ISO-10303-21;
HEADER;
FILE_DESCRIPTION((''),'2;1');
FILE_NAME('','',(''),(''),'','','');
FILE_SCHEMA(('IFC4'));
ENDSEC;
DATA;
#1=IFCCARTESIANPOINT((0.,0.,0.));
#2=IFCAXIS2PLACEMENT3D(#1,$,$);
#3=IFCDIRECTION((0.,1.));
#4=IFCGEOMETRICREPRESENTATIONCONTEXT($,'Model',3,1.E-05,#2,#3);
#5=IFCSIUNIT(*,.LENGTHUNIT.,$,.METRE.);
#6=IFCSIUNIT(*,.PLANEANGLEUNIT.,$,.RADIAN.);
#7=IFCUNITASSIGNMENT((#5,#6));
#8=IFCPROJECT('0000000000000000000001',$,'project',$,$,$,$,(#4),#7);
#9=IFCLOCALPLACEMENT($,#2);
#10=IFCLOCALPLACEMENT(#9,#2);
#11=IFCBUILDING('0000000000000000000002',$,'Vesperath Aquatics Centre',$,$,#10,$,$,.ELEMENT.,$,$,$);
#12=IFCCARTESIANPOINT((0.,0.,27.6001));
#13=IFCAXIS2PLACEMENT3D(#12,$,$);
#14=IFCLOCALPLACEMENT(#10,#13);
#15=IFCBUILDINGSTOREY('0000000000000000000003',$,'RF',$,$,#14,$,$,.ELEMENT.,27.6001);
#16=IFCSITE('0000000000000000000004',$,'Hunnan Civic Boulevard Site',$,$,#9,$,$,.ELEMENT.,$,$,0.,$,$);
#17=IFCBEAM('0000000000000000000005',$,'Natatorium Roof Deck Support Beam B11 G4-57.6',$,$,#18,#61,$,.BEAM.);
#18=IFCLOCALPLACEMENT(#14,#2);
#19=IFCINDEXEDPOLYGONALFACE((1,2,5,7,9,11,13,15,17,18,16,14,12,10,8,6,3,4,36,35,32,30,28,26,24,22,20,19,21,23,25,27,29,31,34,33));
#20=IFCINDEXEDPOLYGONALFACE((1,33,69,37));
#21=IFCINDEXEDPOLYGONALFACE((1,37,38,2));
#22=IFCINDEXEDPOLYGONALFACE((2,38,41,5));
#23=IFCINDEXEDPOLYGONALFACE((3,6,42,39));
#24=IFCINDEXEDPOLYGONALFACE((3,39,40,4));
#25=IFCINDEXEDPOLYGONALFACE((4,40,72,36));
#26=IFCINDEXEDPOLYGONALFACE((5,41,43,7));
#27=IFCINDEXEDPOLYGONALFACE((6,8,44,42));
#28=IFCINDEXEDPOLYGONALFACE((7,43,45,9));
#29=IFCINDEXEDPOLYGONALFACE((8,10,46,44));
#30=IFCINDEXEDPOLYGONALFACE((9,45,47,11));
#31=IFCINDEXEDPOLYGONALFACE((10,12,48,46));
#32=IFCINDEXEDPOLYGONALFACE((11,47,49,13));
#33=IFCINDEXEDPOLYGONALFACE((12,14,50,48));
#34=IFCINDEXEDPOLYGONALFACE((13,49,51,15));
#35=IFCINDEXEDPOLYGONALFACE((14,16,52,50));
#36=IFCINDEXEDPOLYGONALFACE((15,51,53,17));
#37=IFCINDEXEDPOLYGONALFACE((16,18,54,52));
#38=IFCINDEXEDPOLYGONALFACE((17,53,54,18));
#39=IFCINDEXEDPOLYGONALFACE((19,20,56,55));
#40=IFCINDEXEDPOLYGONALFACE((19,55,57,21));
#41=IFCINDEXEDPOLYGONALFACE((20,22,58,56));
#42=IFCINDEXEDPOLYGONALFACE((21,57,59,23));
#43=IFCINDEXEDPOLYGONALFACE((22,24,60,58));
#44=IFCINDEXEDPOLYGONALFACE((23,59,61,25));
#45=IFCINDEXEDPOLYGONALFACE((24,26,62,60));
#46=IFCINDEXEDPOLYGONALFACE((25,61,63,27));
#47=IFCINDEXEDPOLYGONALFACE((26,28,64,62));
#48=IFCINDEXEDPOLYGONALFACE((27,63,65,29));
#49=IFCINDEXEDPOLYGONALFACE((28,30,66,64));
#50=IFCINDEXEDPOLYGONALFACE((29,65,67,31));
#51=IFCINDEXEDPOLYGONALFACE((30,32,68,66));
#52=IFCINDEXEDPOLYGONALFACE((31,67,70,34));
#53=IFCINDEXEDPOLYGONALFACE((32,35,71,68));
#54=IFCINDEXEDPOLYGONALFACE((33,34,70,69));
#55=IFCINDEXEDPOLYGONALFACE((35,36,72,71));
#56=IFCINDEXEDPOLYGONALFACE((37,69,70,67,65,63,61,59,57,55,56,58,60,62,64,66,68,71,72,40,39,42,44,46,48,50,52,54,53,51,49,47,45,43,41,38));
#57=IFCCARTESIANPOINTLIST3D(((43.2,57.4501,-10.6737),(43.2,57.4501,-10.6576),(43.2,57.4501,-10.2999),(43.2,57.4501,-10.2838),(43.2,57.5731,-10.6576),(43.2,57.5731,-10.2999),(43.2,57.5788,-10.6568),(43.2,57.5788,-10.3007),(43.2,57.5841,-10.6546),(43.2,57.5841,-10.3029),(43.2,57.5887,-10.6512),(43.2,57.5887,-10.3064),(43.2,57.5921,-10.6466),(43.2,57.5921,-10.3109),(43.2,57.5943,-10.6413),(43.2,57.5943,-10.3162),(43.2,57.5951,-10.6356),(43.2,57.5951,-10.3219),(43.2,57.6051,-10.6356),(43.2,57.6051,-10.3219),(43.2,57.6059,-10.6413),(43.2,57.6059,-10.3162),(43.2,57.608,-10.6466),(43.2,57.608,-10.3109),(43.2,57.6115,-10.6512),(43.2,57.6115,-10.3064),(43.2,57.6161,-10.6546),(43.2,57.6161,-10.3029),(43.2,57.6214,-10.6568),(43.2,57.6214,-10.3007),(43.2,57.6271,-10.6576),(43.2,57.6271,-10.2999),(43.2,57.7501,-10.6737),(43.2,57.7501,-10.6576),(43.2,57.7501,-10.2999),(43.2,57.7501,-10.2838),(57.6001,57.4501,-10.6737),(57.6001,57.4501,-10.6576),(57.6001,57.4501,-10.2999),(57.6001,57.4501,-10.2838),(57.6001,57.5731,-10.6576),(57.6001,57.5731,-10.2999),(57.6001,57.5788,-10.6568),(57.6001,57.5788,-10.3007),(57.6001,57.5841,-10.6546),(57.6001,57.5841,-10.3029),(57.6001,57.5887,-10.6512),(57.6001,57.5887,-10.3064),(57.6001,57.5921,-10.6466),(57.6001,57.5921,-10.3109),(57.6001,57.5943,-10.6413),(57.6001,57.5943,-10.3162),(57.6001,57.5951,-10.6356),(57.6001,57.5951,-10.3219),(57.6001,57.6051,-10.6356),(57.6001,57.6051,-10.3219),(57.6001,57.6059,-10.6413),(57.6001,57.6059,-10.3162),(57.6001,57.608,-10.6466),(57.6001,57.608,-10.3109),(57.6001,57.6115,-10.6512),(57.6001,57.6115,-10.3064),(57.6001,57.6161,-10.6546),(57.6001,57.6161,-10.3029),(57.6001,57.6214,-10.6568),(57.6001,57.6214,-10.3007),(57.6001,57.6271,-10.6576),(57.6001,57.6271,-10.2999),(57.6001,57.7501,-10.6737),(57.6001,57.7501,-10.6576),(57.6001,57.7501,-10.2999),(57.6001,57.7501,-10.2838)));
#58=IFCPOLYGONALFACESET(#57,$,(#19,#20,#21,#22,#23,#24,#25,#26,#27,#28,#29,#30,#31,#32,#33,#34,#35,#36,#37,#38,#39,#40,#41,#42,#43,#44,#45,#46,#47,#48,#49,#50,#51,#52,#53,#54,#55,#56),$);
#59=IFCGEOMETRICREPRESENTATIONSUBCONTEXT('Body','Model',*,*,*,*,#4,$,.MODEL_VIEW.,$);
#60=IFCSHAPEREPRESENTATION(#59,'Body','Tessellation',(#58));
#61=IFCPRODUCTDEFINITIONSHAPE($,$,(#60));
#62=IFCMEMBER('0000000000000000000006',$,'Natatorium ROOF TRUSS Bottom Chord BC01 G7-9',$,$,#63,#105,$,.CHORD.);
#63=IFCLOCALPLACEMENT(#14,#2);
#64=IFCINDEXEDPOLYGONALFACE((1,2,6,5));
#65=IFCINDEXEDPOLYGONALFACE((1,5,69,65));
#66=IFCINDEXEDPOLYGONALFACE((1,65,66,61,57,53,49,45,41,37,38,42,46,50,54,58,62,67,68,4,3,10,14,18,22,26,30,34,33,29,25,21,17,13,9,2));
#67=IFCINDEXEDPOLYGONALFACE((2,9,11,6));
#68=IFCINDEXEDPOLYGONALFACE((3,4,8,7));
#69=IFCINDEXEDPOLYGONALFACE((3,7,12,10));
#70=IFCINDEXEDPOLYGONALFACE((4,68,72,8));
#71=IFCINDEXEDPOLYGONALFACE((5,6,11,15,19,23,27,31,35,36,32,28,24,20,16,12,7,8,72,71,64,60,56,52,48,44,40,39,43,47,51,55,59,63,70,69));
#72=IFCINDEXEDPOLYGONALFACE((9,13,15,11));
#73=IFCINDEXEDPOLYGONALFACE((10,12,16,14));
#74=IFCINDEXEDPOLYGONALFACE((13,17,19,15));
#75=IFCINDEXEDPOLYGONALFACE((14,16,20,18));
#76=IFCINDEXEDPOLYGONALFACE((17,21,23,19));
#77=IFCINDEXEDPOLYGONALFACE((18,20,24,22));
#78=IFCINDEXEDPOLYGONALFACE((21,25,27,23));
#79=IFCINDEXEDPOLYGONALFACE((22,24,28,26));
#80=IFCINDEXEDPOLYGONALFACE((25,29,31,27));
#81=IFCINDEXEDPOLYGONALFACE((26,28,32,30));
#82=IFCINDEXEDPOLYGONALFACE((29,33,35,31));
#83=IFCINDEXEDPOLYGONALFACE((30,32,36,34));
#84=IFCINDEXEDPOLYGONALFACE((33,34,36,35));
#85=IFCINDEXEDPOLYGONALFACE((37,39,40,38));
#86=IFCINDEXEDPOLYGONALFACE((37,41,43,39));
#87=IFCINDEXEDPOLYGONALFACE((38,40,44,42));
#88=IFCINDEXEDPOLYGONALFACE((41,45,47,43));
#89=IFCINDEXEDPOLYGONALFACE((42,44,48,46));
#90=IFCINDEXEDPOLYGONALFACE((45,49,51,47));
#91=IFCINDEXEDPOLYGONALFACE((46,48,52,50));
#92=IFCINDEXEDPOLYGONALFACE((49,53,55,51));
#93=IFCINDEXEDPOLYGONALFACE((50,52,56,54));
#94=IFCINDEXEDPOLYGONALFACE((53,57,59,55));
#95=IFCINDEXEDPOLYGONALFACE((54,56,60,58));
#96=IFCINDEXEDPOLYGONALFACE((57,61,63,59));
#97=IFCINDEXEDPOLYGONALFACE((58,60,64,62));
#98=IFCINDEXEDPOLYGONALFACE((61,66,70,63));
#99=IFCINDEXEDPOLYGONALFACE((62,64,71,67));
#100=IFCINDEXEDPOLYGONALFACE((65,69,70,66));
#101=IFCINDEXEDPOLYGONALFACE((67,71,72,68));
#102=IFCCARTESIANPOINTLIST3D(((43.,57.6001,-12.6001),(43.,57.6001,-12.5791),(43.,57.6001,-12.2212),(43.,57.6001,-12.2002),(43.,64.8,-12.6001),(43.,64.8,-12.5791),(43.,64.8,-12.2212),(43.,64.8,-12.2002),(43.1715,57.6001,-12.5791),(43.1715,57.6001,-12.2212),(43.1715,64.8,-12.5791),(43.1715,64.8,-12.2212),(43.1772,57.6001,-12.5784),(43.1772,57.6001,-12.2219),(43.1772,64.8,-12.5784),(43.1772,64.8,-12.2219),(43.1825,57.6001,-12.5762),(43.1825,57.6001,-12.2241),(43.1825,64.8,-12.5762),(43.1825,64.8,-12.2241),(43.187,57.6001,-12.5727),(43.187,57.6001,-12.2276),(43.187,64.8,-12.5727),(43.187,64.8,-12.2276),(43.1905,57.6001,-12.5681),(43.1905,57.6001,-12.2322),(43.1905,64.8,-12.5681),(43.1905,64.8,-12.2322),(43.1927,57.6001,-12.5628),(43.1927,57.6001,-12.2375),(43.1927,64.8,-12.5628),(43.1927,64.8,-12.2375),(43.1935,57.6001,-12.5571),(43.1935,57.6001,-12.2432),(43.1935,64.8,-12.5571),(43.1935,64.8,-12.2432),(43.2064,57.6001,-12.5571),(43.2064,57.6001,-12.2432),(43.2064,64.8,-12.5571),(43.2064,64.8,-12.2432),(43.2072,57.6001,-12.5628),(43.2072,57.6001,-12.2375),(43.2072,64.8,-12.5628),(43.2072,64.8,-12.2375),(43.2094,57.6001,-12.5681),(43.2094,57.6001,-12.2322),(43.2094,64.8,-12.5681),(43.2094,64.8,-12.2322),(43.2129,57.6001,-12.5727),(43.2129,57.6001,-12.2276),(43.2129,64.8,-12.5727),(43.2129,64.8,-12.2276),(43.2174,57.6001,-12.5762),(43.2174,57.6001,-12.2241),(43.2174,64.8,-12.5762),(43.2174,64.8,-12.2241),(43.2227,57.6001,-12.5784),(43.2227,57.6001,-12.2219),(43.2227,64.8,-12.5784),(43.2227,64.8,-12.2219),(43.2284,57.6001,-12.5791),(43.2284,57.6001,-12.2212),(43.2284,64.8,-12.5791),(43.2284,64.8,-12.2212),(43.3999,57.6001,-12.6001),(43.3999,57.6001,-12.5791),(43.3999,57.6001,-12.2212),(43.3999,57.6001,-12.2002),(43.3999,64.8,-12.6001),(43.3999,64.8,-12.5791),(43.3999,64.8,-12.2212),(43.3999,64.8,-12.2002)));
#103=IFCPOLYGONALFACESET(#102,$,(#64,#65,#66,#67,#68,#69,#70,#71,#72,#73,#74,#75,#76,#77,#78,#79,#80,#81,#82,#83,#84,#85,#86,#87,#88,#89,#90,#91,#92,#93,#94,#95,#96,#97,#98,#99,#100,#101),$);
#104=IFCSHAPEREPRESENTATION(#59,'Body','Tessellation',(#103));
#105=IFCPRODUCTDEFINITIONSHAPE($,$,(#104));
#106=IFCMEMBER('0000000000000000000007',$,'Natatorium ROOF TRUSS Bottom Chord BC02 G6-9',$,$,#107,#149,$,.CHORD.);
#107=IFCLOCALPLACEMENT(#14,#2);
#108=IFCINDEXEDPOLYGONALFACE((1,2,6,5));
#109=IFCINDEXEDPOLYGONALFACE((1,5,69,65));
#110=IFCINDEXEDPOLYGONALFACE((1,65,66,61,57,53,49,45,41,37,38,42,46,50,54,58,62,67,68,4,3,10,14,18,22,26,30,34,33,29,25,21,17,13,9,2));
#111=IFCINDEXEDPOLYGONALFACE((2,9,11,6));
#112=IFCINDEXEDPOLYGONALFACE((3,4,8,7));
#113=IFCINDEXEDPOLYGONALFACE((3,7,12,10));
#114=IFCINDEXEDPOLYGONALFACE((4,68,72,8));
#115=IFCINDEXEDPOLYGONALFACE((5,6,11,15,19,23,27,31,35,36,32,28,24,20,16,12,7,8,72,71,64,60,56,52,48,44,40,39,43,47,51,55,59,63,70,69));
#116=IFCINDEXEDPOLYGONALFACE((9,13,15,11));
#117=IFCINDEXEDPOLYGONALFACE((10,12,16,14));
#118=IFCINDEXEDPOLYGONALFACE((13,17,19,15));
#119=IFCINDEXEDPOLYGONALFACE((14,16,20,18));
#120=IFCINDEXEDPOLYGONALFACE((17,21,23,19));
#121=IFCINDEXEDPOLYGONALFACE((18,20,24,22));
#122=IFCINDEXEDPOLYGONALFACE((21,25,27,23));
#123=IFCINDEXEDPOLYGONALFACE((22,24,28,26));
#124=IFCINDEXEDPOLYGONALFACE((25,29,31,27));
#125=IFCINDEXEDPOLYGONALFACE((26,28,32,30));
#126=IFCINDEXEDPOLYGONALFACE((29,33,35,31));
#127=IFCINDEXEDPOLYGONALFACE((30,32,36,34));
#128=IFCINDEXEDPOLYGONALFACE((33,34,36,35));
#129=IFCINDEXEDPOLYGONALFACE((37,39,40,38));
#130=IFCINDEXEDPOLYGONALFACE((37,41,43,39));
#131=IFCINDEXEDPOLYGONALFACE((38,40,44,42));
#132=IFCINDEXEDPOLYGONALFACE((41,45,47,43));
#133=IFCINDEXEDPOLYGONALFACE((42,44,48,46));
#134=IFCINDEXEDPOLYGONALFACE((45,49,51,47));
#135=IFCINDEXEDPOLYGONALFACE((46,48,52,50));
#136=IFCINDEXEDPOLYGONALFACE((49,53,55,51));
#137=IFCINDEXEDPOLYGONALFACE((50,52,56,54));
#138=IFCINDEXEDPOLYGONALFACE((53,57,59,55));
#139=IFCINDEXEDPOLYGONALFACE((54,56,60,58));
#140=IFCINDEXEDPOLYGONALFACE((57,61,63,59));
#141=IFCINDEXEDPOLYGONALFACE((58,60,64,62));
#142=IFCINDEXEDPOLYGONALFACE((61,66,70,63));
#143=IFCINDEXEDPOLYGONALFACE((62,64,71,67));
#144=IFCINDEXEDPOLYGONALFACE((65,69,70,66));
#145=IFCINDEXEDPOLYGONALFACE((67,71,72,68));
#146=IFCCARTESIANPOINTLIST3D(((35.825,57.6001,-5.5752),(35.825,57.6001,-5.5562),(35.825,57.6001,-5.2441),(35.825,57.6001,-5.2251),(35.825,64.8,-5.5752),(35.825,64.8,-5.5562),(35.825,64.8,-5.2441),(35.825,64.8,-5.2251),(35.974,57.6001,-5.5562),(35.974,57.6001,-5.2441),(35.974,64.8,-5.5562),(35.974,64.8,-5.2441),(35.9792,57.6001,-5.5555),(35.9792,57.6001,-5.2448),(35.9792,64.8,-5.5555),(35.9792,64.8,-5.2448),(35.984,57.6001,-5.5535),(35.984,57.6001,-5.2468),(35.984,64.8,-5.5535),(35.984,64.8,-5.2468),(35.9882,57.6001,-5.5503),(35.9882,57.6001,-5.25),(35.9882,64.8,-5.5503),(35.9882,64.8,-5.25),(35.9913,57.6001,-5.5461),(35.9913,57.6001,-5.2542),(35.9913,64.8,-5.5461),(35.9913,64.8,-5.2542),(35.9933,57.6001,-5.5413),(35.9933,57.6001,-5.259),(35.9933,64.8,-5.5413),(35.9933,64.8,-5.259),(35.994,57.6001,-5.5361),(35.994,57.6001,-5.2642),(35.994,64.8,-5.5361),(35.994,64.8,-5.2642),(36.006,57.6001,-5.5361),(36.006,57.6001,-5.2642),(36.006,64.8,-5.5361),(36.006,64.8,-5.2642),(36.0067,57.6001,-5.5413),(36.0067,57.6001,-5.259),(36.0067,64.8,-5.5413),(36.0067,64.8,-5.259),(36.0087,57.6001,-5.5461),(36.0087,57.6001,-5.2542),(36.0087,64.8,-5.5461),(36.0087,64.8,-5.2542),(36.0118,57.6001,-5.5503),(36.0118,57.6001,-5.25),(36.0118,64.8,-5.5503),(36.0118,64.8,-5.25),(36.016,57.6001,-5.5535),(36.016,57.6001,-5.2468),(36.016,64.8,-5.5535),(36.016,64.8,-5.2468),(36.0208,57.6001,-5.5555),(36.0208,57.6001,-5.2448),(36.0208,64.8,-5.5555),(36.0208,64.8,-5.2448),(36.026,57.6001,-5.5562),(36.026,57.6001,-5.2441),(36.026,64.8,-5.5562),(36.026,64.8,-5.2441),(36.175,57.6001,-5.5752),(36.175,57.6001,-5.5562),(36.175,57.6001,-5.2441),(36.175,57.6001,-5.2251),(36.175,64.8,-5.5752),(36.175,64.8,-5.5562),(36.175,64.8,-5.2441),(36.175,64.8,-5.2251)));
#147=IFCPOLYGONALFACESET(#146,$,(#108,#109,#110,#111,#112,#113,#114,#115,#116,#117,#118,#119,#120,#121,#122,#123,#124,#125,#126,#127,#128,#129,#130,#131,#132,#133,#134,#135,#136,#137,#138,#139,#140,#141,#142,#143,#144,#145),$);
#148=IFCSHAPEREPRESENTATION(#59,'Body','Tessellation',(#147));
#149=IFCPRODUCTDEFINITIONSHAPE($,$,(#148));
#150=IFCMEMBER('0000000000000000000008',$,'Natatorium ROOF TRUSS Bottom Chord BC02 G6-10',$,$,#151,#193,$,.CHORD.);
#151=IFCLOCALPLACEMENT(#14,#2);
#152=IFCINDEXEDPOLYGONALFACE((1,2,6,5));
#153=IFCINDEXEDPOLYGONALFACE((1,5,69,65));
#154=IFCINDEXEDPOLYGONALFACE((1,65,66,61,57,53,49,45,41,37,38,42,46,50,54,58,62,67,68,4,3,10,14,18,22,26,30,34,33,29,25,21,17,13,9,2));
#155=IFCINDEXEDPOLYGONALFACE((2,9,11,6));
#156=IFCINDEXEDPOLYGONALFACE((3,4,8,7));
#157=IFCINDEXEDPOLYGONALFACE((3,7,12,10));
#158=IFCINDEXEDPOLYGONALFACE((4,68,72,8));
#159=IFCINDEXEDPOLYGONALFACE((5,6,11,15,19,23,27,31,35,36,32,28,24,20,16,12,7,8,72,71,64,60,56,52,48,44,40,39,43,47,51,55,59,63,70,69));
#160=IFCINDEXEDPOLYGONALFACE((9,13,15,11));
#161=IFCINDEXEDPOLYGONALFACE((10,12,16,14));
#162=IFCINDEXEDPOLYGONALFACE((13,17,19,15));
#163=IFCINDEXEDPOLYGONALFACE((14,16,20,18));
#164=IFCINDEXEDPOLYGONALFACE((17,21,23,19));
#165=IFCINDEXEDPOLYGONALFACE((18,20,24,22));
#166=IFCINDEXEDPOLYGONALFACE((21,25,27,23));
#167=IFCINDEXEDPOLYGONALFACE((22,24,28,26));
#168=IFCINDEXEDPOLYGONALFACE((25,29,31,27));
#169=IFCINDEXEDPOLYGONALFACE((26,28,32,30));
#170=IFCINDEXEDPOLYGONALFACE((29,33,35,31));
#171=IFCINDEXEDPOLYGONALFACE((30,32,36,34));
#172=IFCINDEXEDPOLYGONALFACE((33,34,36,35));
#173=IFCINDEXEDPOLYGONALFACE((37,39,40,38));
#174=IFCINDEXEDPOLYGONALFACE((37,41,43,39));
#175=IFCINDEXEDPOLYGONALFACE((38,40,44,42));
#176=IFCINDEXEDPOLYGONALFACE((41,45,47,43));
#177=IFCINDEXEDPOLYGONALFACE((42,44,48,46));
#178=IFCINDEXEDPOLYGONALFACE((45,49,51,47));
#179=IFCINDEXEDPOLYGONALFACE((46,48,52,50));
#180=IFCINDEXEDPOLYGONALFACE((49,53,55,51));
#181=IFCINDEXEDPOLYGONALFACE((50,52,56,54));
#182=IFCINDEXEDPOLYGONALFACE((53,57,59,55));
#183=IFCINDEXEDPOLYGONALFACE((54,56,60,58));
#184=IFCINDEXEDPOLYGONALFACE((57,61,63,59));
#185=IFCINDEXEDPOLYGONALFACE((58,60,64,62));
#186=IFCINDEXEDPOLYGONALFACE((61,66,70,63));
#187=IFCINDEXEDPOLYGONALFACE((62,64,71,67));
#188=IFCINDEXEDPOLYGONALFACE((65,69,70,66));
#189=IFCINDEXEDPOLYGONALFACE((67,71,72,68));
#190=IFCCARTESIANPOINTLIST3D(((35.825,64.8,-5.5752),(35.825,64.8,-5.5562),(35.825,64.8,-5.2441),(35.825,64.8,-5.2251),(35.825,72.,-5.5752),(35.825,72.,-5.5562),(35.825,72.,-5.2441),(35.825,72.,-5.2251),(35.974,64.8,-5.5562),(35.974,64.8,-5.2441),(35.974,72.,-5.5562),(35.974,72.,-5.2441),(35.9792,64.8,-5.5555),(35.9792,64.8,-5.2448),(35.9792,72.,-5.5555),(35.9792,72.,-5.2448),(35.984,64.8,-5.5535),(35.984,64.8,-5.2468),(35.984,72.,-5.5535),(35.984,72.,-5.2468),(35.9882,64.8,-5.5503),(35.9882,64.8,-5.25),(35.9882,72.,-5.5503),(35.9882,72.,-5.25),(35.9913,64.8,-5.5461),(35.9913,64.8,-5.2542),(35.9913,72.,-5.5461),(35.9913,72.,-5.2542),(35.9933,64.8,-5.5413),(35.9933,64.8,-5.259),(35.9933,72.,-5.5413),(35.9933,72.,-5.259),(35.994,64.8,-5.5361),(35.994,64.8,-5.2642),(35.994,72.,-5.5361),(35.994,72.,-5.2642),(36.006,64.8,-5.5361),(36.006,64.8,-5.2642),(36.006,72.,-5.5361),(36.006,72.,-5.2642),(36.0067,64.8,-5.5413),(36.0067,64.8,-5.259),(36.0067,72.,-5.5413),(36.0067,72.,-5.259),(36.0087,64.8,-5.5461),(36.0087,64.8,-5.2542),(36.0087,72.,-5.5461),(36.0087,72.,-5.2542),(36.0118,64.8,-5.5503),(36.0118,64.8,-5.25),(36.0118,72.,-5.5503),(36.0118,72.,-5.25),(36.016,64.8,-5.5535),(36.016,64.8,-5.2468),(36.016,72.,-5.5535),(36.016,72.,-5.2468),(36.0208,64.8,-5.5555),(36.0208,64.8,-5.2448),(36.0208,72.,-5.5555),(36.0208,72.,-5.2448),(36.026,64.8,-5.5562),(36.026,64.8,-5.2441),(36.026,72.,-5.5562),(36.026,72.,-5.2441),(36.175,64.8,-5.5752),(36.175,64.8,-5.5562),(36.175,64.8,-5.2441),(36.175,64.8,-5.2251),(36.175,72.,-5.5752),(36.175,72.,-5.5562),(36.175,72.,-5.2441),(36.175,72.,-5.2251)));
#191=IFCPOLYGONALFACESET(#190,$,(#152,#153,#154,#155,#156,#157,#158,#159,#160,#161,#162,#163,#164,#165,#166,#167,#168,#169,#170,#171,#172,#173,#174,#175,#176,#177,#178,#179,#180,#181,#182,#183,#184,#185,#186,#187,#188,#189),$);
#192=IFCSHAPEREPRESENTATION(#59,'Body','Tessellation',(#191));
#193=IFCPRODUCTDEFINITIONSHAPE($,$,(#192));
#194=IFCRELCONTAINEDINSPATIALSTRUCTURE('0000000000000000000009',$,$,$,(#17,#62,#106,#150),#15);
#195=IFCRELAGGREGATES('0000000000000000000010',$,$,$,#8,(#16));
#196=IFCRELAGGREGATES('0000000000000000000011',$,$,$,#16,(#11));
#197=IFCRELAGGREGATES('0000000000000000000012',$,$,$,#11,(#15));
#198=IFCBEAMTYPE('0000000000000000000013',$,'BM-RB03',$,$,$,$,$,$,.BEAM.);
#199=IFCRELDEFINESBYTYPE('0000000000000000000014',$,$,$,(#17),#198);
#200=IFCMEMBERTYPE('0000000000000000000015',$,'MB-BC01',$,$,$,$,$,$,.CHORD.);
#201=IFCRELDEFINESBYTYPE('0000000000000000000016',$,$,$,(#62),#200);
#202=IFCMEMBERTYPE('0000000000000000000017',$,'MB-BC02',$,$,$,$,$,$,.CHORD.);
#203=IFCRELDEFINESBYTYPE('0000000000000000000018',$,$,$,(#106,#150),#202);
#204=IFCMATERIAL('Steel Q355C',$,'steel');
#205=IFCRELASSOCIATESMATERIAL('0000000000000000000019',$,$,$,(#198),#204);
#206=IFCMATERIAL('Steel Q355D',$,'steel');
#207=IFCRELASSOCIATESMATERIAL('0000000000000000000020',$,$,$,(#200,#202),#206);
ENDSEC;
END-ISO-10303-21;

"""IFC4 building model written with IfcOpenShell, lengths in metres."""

from ifc_helpers import new_model, si_unit, direction, frame, origin, origin_2d, place, context, subcontext, project, spatial, i_section, extrude, material, material_profile, profile_set, type_object, element, save


model = new_model("IFC4")

# Units and contexts
model_context = context("Model", 3, precision=1e-05, world=origin(), true_north=direction((0.0, 1.0)))
body_context = subcontext(model_context, "Body", "Model", "MODEL_VIEW")
ifc_project = project(units=[si_unit("LENGTHUNIT", "METRE"), si_unit("PLANEANGLEUNIT", "RADIAN")], contexts=[model_context])

# Site, building, storey
site_placement = place(None, origin())
site = spatial("IfcSite", under=ifc_project, at=site_placement, Name="Hunnan Civic Boulevard Site", CompositionType="ELEMENT", RefElevation=0.0)
building_placement = place(site_placement, origin())
building = spatial("IfcBuilding", under=site, at=building_placement, Name="Vesperath Aquatics Centre", CompositionType="ELEMENT")
storey_placement = place(building_placement, frame((0.0, 0.0, 27.6001)))
storey = spatial("IfcBuildingStorey", under=building, at=storey_placement, Name="RF", CompositionType="ELEMENT", Elevation=27.6001)

# Beam
ifc_material_1 = material(Name="Steel Q355C", Category="steel")
ifc_material_profile_1 = material_profile(ifc_material_1, i_section(OverallWidth=0.3, OverallDepth=0.3899, WebThickness=0.01, FlangeThickness=0.0161, FilletRadius=0.022, at=origin_2d()), Name="HM 390x300x10x16")
ifc_profile_set_1 = profile_set([ifc_material_profile_1], Name="Steel Q355C")
beam_type = type_object("IfcBeamType", Name="BM-RB03", PredefinedType="BEAM", material=ifc_profile_set_1)
beam_placement = place(storey_placement, frame((43.2, 57.6001, -10.4788), z_axis=(1.0, 0.0, 0.0), x_axis=(0.0, 1.0, 0.0)))
element("IfcBeam", 1, at=beam_placement, inside=storey, type_object=beam_type, Name="Natatorium Roof Deck Support Beam B11 G4-57.6", PredefinedType="BEAM", context=body_context, shape_type="SweptSolid", body=[
    extrude(i_section(OverallWidth=0.3, OverallDepth=0.3899, WebThickness=0.01, FlangeThickness=0.0161, FilletRadius=0.022, at=origin_2d()), origin(), (0.0, 0.0, 1.0), 14.4001),
])

# Members
ifc_material_2 = material(Name="Steel Q355D", Category="steel")
ifc_material_profile_2 = material_profile(ifc_material_2, i_section(OverallWidth=0.3999, OverallDepth=0.3999, WebThickness=0.0129, FlangeThickness=0.021, FilletRadius=0.022, at=origin_2d()), Name="HW 400x400x13x21")
ifc_profile_set_2 = profile_set([ifc_material_profile_2], Name="Steel Q355D")
member_type_1 = type_object("IfcMemberType", Name="MB-BC01", PredefinedType="CHORD", material=ifc_profile_set_2)
member_1_placement = place(storey_placement, frame((43.2, 57.6001, -12.4001), z_axis=(0.0, 1.0, 0.0), x_axis=(-1.0, 0.0, 0.0)))
element("IfcMember", 2, at=member_1_placement, inside=storey, type_object=member_type_1, Name="Natatorium ROOF TRUSS Bottom Chord BC01 G7-9", PredefinedType="CHORD", context=body_context, shape_type="SweptSolid", body=[
    extrude(i_section(OverallWidth=0.3999, OverallDepth=0.3999, WebThickness=0.0129, FlangeThickness=0.021, FilletRadius=0.022, at=origin_2d()), origin(), (0.0, 0.0, 1.0), 7.2),
])
ifc_material_profile_3 = material_profile(ifc_material_2, i_section(OverallWidth=0.3501, OverallDepth=0.3501, WebThickness=0.012, FlangeThickness=0.019, FilletRadius=0.02, at=origin_2d()), Name="HW 350x350x12x19")
ifc_profile_set_3 = profile_set([ifc_material_profile_3], Name="Steel Q355D")
member_type_2 = type_object("IfcMemberType", Name="MB-BC02", PredefinedType="CHORD", material=ifc_profile_set_3)
for number, where, z_axis, x_axis, name in (
    (3, (36.0, 57.6001, -5.4001), (0.0, 1.0, 0.0), (-1.0, 0.0, 0.0), "Natatorium ROOF TRUSS Bottom Chord BC02 G6-9"),
    (4, (36.0, 64.8, -5.4001), (0.0, 1.0, 0.0), (-1.0, 0.0, 0.0), "Natatorium ROOF TRUSS Bottom Chord BC02 G6-10"),
):
    element("IfcMember", number, at=place(storey_placement, frame(where, z_axis=z_axis, x_axis=x_axis)), inside=storey, type_object=member_type_2, Name=name, PredefinedType="CHORD", context=body_context, shape_type="SweptSolid", body=[
        extrude(i_section(OverallWidth=0.3501, OverallDepth=0.3501, WebThickness=0.012, FlangeThickness=0.019, FilletRadius=0.02, at=origin_2d()), origin(), (0.0, 0.0, 1.0), 7.2),
    ])

save(model, "model.ifc")
